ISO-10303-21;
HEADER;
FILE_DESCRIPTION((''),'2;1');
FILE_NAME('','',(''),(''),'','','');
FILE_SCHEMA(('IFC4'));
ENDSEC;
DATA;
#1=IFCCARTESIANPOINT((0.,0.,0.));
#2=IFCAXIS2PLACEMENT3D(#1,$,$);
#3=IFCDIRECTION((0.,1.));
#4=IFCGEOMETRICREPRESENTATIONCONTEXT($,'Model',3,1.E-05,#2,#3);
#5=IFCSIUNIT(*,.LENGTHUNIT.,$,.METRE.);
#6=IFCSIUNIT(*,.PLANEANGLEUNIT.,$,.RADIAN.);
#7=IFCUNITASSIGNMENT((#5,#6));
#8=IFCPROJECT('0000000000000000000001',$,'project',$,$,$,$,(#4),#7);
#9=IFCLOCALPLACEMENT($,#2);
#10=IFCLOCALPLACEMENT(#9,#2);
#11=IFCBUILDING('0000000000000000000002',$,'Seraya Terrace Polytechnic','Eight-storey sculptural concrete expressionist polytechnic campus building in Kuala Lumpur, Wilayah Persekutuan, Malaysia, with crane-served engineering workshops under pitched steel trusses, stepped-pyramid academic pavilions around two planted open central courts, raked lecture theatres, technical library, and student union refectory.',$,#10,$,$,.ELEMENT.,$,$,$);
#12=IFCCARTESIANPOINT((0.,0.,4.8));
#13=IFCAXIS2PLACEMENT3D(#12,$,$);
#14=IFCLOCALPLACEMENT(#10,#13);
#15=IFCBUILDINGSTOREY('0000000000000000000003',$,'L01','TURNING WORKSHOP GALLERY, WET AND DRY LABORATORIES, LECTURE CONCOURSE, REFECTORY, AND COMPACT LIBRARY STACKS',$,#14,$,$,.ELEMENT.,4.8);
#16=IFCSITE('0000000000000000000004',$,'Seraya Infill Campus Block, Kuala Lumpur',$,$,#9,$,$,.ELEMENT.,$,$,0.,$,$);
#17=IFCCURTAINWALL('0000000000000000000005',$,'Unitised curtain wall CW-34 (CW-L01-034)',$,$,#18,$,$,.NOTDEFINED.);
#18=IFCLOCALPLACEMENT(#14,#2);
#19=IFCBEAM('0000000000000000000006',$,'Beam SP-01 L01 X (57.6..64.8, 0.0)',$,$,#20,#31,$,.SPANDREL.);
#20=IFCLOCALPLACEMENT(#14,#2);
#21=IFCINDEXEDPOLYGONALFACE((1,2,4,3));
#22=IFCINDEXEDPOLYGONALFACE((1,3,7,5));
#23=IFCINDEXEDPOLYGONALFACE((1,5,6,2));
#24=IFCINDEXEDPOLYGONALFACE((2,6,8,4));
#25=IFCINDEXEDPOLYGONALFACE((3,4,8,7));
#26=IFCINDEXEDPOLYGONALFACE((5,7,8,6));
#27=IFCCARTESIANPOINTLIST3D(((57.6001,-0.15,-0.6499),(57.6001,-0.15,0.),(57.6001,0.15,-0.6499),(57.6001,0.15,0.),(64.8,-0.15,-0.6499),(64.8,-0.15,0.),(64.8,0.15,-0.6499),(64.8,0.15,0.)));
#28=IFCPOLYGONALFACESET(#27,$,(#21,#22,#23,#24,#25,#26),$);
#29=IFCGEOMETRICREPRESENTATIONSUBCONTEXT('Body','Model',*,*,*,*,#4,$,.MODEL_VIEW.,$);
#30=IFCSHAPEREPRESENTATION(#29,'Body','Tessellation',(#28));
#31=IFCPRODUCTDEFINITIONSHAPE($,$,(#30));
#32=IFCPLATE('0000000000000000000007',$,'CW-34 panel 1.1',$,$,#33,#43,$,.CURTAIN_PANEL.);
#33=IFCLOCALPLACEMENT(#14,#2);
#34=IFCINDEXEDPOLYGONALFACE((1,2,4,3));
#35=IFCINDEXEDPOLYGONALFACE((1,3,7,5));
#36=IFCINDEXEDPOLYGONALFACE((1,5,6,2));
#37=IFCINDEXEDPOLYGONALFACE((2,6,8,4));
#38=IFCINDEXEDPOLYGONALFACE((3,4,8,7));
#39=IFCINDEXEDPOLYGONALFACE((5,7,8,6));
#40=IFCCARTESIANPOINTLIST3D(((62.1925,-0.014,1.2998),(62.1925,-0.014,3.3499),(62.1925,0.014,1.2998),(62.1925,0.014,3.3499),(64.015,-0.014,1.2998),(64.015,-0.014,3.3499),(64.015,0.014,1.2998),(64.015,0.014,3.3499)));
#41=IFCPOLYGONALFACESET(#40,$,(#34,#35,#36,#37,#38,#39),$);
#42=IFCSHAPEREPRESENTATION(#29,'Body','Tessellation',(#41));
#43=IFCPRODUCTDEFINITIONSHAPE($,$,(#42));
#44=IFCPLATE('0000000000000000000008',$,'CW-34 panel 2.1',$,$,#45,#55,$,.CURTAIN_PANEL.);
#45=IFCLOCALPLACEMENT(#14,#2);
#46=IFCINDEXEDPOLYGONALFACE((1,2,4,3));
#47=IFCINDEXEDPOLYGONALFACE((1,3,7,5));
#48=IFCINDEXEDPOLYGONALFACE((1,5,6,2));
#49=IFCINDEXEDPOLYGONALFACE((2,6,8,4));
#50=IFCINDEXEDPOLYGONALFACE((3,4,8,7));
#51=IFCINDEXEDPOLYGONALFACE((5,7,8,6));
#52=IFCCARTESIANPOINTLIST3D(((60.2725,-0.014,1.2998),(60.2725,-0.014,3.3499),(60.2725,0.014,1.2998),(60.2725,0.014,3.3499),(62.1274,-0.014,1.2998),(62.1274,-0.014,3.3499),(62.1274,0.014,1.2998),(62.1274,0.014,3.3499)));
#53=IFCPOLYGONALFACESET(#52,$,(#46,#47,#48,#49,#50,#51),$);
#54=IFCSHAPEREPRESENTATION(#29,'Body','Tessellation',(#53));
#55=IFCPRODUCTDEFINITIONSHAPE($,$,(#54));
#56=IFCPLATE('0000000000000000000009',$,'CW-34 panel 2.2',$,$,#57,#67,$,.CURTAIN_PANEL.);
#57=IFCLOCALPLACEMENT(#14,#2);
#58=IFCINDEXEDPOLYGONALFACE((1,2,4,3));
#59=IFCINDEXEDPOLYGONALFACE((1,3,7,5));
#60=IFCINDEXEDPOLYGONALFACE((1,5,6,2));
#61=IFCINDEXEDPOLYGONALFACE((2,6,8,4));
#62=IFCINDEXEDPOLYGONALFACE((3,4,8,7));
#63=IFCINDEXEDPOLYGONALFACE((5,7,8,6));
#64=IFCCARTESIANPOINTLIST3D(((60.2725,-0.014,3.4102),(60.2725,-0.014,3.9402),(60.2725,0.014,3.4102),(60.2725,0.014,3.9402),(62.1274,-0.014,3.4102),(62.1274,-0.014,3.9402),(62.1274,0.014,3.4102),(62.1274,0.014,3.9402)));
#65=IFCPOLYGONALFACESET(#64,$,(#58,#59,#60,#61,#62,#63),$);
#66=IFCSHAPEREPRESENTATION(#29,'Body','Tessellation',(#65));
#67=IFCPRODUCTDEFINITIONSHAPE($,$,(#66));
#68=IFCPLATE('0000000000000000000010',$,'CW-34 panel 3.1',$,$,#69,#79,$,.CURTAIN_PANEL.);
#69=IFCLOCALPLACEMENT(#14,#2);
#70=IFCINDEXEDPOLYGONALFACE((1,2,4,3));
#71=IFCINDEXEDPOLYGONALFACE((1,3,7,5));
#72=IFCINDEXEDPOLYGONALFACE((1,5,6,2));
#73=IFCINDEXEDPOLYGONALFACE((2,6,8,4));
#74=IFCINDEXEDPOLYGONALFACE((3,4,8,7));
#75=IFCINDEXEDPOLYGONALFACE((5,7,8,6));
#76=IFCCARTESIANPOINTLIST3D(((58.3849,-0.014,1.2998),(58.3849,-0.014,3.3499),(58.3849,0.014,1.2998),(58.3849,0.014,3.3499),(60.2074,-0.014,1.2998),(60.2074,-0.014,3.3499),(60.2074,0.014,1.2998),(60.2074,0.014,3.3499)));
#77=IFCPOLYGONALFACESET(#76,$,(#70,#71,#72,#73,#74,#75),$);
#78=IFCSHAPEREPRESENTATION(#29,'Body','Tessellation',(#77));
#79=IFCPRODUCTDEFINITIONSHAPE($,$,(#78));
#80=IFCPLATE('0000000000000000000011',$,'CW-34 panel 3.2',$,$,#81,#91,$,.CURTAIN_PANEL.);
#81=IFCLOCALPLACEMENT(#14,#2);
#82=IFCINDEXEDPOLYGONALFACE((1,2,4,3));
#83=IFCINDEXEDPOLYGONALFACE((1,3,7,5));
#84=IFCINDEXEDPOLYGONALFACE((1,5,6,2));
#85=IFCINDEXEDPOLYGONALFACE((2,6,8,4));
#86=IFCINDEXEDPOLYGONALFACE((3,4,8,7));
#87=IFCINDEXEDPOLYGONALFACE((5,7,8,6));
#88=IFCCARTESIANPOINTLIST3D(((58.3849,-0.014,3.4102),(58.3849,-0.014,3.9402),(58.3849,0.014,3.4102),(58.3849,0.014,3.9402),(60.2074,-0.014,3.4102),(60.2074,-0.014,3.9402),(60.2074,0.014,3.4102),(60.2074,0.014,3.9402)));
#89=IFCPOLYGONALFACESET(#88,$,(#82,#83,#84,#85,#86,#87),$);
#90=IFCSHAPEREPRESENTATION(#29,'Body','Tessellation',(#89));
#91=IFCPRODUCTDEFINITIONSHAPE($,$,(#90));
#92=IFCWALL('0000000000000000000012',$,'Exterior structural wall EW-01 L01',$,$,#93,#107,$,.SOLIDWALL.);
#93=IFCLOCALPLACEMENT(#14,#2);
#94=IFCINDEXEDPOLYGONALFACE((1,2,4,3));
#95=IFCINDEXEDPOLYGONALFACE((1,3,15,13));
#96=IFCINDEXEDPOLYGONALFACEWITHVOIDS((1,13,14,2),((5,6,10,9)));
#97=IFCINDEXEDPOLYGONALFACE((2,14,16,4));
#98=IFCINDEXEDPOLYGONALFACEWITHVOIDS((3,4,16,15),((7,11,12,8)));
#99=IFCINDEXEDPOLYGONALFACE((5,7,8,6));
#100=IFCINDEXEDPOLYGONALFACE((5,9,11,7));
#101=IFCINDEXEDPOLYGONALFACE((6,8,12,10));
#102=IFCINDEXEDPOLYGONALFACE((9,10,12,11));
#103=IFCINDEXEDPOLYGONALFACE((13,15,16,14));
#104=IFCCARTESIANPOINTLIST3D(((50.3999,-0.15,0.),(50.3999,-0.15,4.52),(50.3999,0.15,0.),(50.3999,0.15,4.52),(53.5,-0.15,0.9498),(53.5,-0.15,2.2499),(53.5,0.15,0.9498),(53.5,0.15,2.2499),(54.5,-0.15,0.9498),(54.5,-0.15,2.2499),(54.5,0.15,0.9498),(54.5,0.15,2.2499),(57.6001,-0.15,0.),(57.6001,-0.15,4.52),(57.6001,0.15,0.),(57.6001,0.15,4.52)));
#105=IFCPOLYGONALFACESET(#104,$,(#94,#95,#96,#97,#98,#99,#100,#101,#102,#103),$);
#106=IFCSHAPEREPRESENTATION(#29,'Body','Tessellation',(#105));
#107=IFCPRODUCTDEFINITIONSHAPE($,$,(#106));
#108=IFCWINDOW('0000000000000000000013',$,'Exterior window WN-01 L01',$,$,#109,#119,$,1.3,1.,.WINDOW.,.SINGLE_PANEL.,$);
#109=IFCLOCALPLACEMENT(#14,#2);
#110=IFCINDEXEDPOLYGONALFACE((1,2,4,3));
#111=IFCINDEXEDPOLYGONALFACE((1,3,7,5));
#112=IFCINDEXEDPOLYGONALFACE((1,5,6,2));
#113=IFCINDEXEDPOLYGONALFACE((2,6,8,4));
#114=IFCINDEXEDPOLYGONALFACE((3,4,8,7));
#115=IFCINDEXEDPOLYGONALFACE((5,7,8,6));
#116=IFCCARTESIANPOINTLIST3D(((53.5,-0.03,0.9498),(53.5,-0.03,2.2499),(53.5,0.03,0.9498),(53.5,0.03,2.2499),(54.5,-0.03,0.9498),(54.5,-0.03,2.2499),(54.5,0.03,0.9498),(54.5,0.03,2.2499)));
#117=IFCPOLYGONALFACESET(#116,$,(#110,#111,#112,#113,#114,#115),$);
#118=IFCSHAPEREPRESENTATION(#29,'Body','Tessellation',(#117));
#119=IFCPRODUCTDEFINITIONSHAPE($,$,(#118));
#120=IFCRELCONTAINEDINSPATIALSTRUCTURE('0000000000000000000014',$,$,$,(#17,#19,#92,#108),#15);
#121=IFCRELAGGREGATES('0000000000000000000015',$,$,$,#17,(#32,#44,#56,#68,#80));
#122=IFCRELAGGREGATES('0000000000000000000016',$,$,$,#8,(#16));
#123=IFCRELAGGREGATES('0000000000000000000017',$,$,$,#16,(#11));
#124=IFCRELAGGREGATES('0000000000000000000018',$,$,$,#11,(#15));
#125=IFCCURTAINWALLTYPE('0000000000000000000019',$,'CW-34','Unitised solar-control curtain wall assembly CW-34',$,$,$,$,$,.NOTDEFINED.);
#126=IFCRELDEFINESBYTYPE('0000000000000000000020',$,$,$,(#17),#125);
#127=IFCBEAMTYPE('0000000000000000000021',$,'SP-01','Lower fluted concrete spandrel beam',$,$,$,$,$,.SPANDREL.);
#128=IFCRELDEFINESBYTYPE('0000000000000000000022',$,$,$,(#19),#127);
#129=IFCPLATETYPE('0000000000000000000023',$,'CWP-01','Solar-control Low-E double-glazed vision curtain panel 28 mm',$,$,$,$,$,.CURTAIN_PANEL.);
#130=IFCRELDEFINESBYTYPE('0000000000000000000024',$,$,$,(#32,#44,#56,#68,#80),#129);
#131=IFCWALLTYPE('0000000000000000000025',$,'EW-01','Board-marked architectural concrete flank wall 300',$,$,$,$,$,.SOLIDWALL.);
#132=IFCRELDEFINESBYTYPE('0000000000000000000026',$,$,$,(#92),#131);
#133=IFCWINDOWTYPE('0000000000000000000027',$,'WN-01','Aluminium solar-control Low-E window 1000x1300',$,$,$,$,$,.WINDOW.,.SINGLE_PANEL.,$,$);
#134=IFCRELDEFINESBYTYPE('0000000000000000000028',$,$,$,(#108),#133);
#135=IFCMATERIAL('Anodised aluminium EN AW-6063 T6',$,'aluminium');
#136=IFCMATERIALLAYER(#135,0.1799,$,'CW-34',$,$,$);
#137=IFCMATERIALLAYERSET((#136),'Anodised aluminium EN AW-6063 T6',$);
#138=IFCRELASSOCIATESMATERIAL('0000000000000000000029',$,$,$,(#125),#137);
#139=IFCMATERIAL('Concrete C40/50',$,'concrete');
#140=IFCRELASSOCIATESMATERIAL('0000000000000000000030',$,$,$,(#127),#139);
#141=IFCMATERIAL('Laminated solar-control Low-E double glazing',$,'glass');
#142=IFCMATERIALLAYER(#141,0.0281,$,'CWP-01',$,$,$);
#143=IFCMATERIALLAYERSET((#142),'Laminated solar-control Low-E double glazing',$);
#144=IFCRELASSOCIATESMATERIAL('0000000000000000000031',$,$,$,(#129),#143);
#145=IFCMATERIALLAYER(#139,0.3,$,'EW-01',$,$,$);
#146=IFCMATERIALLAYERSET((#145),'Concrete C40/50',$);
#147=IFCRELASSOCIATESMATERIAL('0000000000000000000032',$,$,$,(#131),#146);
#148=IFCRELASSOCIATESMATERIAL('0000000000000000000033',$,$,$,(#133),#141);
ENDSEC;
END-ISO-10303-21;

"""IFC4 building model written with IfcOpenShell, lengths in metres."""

from ifc_helpers import new_model, si_unit, direction, frame, frame_2d, origin, origin_2d, place, context, subcontext, project, spatial, rectangle, extrude, material, layer, layer_set, material_profile, profile_set, type_object, element, fill, aggregate, save


model = new_model("IFC4")

# Units and contexts
model_context = context("Model", 3, precision=1e-05, world=origin(), true_north=direction((0.0, 1.0)))
body_context = subcontext(model_context, "Body", "Model", "MODEL_VIEW")
ifc_project = project(units=[si_unit("LENGTHUNIT", "METRE"), si_unit("PLANEANGLEUNIT", "RADIAN")], contexts=[model_context])

# Site, building, storey
site_placement = place(None, origin())
site = spatial("IfcSite", under=ifc_project, at=site_placement, Name="Seraya Infill Campus Block, Kuala Lumpur", CompositionType="ELEMENT", RefElevation=0.0)
building_placement = place(site_placement, origin())
building = spatial("IfcBuilding", under=site, at=building_placement, Name="Seraya Terrace Polytechnic", Description="Eight-storey sculptural concrete expressionist polytechnic campus building in Kuala Lumpur, Wilayah Persekutuan, Malaysia, with crane-served engineering workshops under pitched steel trusses, stepped-pyramid academic pavilions around two planted open central courts, raked lecture theatres, technical library, and student union refectory.", CompositionType="ELEMENT")
storey_placement = place(building_placement, frame((0.0, 0.0, 4.8)))
storey = spatial("IfcBuildingStorey", under=building, at=storey_placement, Name="L01", Description="TURNING WORKSHOP GALLERY, WET AND DRY LABORATORIES, LECTURE CONCOURSE, REFECTORY, AND COMPACT LIBRARY STACKS", CompositionType="ELEMENT", Elevation=4.8)

# Shared definitions
ifc_material_1 = material(Name="Concrete C40/50", Category="concrete")

# Curtain wall
ifc_material_2 = material(Name="Anodised aluminium EN AW-6063 T6", Category="aluminium")
ifc_layer_1 = layer(ifc_material_2, 0.1799, Name="CW-34")
ifc_layer_set_1 = layer_set([ifc_layer_1], Name="Anodised aluminium EN AW-6063 T6")
curtain_wall_type = type_object("IfcCurtainWallType", Name="CW-34", Description="Unitised solar-control curtain wall assembly CW-34", PredefinedType="NOTDEFINED", material=ifc_layer_set_1)
curtain_wall_placement = place(storey_placement, origin())
curtain_wall = element("IfcCurtainWall", 1, at=curtain_wall_placement, inside=storey, type_object=curtain_wall_type, Name="Unitised curtain wall CW-34 (CW-L01-034)", PredefinedType="NOTDEFINED")

# Beam
ifc_material_profile_1 = material_profile(ifc_material_1, rectangle(XDim=0.3, YDim=0.6499, at=origin_2d()), Name="RC 300x650")
ifc_profile_set_1 = profile_set([ifc_material_profile_1], Name="Concrete C40/50")
beam_type_1 = type_object("IfcBeamType", Name="SP-01", Description="Lower fluted concrete spandrel beam", PredefinedType="SPANDREL", material=ifc_profile_set_1)
beam_1_placement = place(storey_placement, frame((57.6001, 0.0, -0.325), z_axis=(1.0, 0.0, 0.0), x_axis=(0.0, 1.0, 0.0)))
element("IfcBeam", 2, at=beam_1_placement, inside=storey, type_object=beam_type_1, Name="Beam SP-01 L01 X (57.6..64.8, 0.0)", PredefinedType="SPANDREL", context=body_context, shape_type="SweptSolid", body=[
    extrude(rectangle(XDim=0.3, YDim=0.6499, at=origin_2d()), origin(), (0.0, 0.0, 1.0), 7.2),
])

# Plates
ifc_material_3 = material(Name="Laminated solar-control Low-E double glazing", Category="glass")
ifc_layer_2 = layer(ifc_material_3, 0.0281, Name="CWP-01")
ifc_layer_set_2 = layer_set([ifc_layer_2], Name="Laminated solar-control Low-E double glazing")
plate_type = type_object("IfcPlateType", Name="CWP-01", Description="Solar-control Low-E double-glazed vision curtain panel 28 mm", PredefinedType="CURTAIN_PANEL", material=ifc_layer_set_2)
plate_1_placement = place(storey_placement, frame((63.1038, 0.0, 1.2998), z_axis=(0.0, 0.0, 1.0), x_axis=(-1.0, 0.0, 0.0)))
plate_1 = element("IfcPlate", 3, at=plate_1_placement, type_object=plate_type, Name="CW-34 panel 1.1", PredefinedType="CURTAIN_PANEL", context=body_context, shape_type="SweptSolid", body=[
    extrude(rectangle(XDim=1.8225, YDim=0.0281, at=origin_2d()), origin(), (0.0, 0.0, 1.0), 2.05),
])
plate_2_placement = place(storey_placement, frame((61.2, 0.0, 1.2998), z_axis=(0.0, 0.0, 1.0), x_axis=(-1.0, 0.0, 0.0)))
plate_2 = element("IfcPlate", 4, at=plate_2_placement, type_object=plate_type, Name="CW-34 panel 2.1", PredefinedType="CURTAIN_PANEL", context=body_context, shape_type="SweptSolid", body=[
    extrude(rectangle(XDim=1.855, YDim=0.0281, at=origin_2d()), origin(), (0.0, 0.0, 1.0), 2.05),
])
plate_3_placement = place(storey_placement, frame((61.2, 0.0, 3.4102), z_axis=(0.0, 0.0, 1.0), x_axis=(-1.0, 0.0, 0.0)))
plate_3 = element("IfcPlate", 5, at=plate_3_placement, type_object=plate_type, Name="CW-34 panel 2.2", PredefinedType="CURTAIN_PANEL", context=body_context, shape_type="SweptSolid", body=[
    extrude(rectangle(XDim=1.855, YDim=0.0281, at=origin_2d()), origin(), (0.0, 0.0, 1.0), 0.53),
])
plate_4_placement = place(storey_placement, frame((59.2961, 0.0, 1.2998), z_axis=(0.0, 0.0, 1.0), x_axis=(-1.0, 0.0, 0.0)))
plate_4 = element("IfcPlate", 6, at=plate_4_placement, type_object=plate_type, Name="CW-34 panel 3.1", PredefinedType="CURTAIN_PANEL", context=body_context, shape_type="SweptSolid", body=[
    extrude(rectangle(XDim=1.8225, YDim=0.0281, at=origin_2d()), origin(), (0.0, 0.0, 1.0), 2.05),
])
plate_5_placement = place(storey_placement, frame((59.2961, 0.0, 3.4102), z_axis=(0.0, 0.0, 1.0), x_axis=(-1.0, 0.0, 0.0)))
plate_5 = element("IfcPlate", 7, at=plate_5_placement, type_object=plate_type, Name="CW-34 panel 3.2", PredefinedType="CURTAIN_PANEL", context=body_context, shape_type="SweptSolid", body=[
    extrude(rectangle(XDim=1.8225, YDim=0.0281, at=origin_2d()), origin(), (0.0, 0.0, 1.0), 0.53),
])
aggregate(curtain_wall, [plate_1, plate_2, plate_3, plate_4, plate_5])

# Wall, opening, window
ifc_layer_3 = layer(ifc_material_1, 0.3, Name="EW-01")
ifc_layer_set_3 = layer_set([ifc_layer_3], Name="Concrete C40/50")
wall_type = type_object("IfcWallType", Name="EW-01", Description="Board-marked architectural concrete flank wall 300", PredefinedType="SOLIDWALL", material=ifc_layer_set_3)
wall_placement = place(storey_placement, frame((57.6001, 0.0, 0.0), z_axis=(0.0, 0.0, 1.0), x_axis=(-1.0, 0.0, 0.0)))
wall = element("IfcWall", 8, at=wall_placement, inside=storey, type_object=wall_type, Name="Exterior structural wall EW-01 L01", PredefinedType="SOLIDWALL", context=body_context, shape_type="SweptSolid", body=[
    extrude(rectangle(XDim=7.2002, YDim=0.3, at=frame_2d((3.6001, 0.0))), origin(), (0.0, 0.0, 1.0), 4.52),
])
opening_placement = place(wall_placement, frame((3.1001, 0.0, 0.95)))
opening = element("IfcOpeningElement", 9, at=opening_placement, cuts=wall, PredefinedType="OPENING", context=body_context, shape_type="SweptSolid", body=[
    extrude(rectangle(XDim=1.0, YDim=1.3, at=frame_2d((0.5, 0.6499))), frame((0.0, 0.1621, 0.0), z_axis=(0.0, -1.0, 0.0), x_axis=(1.0, 0.0, 0.0)), (0.0, 0.0, 1.0), 0.324),
])
window_type = type_object("IfcWindowType", Name="WN-01", Description="Aluminium solar-control Low-E window 1000x1300", PartitioningType="SINGLE_PANEL", PredefinedType="WINDOW", material=ifc_material_3)
window_placement = place(opening_placement, origin())
window = element("IfcWindow", 10, at=window_placement, inside=storey, type_object=window_type, Name="Exterior window WN-01 L01", OverallHeight=1.3, OverallWidth=1.0, PartitioningType="SINGLE_PANEL", PredefinedType="WINDOW", context=body_context, shape_type="SweptSolid", body=[
    extrude(rectangle(XDim=1.0, YDim=1.3, at=frame_2d((0.5, 0.6499))), frame((0.0, 0.03, 0.0), z_axis=(0.0, -1.0, 0.0), x_axis=(1.0, 0.0, 0.0)), (0.0, 0.0, 1.0), 0.0601),
])
fill(opening, window)

save(model, "model.ifc")
